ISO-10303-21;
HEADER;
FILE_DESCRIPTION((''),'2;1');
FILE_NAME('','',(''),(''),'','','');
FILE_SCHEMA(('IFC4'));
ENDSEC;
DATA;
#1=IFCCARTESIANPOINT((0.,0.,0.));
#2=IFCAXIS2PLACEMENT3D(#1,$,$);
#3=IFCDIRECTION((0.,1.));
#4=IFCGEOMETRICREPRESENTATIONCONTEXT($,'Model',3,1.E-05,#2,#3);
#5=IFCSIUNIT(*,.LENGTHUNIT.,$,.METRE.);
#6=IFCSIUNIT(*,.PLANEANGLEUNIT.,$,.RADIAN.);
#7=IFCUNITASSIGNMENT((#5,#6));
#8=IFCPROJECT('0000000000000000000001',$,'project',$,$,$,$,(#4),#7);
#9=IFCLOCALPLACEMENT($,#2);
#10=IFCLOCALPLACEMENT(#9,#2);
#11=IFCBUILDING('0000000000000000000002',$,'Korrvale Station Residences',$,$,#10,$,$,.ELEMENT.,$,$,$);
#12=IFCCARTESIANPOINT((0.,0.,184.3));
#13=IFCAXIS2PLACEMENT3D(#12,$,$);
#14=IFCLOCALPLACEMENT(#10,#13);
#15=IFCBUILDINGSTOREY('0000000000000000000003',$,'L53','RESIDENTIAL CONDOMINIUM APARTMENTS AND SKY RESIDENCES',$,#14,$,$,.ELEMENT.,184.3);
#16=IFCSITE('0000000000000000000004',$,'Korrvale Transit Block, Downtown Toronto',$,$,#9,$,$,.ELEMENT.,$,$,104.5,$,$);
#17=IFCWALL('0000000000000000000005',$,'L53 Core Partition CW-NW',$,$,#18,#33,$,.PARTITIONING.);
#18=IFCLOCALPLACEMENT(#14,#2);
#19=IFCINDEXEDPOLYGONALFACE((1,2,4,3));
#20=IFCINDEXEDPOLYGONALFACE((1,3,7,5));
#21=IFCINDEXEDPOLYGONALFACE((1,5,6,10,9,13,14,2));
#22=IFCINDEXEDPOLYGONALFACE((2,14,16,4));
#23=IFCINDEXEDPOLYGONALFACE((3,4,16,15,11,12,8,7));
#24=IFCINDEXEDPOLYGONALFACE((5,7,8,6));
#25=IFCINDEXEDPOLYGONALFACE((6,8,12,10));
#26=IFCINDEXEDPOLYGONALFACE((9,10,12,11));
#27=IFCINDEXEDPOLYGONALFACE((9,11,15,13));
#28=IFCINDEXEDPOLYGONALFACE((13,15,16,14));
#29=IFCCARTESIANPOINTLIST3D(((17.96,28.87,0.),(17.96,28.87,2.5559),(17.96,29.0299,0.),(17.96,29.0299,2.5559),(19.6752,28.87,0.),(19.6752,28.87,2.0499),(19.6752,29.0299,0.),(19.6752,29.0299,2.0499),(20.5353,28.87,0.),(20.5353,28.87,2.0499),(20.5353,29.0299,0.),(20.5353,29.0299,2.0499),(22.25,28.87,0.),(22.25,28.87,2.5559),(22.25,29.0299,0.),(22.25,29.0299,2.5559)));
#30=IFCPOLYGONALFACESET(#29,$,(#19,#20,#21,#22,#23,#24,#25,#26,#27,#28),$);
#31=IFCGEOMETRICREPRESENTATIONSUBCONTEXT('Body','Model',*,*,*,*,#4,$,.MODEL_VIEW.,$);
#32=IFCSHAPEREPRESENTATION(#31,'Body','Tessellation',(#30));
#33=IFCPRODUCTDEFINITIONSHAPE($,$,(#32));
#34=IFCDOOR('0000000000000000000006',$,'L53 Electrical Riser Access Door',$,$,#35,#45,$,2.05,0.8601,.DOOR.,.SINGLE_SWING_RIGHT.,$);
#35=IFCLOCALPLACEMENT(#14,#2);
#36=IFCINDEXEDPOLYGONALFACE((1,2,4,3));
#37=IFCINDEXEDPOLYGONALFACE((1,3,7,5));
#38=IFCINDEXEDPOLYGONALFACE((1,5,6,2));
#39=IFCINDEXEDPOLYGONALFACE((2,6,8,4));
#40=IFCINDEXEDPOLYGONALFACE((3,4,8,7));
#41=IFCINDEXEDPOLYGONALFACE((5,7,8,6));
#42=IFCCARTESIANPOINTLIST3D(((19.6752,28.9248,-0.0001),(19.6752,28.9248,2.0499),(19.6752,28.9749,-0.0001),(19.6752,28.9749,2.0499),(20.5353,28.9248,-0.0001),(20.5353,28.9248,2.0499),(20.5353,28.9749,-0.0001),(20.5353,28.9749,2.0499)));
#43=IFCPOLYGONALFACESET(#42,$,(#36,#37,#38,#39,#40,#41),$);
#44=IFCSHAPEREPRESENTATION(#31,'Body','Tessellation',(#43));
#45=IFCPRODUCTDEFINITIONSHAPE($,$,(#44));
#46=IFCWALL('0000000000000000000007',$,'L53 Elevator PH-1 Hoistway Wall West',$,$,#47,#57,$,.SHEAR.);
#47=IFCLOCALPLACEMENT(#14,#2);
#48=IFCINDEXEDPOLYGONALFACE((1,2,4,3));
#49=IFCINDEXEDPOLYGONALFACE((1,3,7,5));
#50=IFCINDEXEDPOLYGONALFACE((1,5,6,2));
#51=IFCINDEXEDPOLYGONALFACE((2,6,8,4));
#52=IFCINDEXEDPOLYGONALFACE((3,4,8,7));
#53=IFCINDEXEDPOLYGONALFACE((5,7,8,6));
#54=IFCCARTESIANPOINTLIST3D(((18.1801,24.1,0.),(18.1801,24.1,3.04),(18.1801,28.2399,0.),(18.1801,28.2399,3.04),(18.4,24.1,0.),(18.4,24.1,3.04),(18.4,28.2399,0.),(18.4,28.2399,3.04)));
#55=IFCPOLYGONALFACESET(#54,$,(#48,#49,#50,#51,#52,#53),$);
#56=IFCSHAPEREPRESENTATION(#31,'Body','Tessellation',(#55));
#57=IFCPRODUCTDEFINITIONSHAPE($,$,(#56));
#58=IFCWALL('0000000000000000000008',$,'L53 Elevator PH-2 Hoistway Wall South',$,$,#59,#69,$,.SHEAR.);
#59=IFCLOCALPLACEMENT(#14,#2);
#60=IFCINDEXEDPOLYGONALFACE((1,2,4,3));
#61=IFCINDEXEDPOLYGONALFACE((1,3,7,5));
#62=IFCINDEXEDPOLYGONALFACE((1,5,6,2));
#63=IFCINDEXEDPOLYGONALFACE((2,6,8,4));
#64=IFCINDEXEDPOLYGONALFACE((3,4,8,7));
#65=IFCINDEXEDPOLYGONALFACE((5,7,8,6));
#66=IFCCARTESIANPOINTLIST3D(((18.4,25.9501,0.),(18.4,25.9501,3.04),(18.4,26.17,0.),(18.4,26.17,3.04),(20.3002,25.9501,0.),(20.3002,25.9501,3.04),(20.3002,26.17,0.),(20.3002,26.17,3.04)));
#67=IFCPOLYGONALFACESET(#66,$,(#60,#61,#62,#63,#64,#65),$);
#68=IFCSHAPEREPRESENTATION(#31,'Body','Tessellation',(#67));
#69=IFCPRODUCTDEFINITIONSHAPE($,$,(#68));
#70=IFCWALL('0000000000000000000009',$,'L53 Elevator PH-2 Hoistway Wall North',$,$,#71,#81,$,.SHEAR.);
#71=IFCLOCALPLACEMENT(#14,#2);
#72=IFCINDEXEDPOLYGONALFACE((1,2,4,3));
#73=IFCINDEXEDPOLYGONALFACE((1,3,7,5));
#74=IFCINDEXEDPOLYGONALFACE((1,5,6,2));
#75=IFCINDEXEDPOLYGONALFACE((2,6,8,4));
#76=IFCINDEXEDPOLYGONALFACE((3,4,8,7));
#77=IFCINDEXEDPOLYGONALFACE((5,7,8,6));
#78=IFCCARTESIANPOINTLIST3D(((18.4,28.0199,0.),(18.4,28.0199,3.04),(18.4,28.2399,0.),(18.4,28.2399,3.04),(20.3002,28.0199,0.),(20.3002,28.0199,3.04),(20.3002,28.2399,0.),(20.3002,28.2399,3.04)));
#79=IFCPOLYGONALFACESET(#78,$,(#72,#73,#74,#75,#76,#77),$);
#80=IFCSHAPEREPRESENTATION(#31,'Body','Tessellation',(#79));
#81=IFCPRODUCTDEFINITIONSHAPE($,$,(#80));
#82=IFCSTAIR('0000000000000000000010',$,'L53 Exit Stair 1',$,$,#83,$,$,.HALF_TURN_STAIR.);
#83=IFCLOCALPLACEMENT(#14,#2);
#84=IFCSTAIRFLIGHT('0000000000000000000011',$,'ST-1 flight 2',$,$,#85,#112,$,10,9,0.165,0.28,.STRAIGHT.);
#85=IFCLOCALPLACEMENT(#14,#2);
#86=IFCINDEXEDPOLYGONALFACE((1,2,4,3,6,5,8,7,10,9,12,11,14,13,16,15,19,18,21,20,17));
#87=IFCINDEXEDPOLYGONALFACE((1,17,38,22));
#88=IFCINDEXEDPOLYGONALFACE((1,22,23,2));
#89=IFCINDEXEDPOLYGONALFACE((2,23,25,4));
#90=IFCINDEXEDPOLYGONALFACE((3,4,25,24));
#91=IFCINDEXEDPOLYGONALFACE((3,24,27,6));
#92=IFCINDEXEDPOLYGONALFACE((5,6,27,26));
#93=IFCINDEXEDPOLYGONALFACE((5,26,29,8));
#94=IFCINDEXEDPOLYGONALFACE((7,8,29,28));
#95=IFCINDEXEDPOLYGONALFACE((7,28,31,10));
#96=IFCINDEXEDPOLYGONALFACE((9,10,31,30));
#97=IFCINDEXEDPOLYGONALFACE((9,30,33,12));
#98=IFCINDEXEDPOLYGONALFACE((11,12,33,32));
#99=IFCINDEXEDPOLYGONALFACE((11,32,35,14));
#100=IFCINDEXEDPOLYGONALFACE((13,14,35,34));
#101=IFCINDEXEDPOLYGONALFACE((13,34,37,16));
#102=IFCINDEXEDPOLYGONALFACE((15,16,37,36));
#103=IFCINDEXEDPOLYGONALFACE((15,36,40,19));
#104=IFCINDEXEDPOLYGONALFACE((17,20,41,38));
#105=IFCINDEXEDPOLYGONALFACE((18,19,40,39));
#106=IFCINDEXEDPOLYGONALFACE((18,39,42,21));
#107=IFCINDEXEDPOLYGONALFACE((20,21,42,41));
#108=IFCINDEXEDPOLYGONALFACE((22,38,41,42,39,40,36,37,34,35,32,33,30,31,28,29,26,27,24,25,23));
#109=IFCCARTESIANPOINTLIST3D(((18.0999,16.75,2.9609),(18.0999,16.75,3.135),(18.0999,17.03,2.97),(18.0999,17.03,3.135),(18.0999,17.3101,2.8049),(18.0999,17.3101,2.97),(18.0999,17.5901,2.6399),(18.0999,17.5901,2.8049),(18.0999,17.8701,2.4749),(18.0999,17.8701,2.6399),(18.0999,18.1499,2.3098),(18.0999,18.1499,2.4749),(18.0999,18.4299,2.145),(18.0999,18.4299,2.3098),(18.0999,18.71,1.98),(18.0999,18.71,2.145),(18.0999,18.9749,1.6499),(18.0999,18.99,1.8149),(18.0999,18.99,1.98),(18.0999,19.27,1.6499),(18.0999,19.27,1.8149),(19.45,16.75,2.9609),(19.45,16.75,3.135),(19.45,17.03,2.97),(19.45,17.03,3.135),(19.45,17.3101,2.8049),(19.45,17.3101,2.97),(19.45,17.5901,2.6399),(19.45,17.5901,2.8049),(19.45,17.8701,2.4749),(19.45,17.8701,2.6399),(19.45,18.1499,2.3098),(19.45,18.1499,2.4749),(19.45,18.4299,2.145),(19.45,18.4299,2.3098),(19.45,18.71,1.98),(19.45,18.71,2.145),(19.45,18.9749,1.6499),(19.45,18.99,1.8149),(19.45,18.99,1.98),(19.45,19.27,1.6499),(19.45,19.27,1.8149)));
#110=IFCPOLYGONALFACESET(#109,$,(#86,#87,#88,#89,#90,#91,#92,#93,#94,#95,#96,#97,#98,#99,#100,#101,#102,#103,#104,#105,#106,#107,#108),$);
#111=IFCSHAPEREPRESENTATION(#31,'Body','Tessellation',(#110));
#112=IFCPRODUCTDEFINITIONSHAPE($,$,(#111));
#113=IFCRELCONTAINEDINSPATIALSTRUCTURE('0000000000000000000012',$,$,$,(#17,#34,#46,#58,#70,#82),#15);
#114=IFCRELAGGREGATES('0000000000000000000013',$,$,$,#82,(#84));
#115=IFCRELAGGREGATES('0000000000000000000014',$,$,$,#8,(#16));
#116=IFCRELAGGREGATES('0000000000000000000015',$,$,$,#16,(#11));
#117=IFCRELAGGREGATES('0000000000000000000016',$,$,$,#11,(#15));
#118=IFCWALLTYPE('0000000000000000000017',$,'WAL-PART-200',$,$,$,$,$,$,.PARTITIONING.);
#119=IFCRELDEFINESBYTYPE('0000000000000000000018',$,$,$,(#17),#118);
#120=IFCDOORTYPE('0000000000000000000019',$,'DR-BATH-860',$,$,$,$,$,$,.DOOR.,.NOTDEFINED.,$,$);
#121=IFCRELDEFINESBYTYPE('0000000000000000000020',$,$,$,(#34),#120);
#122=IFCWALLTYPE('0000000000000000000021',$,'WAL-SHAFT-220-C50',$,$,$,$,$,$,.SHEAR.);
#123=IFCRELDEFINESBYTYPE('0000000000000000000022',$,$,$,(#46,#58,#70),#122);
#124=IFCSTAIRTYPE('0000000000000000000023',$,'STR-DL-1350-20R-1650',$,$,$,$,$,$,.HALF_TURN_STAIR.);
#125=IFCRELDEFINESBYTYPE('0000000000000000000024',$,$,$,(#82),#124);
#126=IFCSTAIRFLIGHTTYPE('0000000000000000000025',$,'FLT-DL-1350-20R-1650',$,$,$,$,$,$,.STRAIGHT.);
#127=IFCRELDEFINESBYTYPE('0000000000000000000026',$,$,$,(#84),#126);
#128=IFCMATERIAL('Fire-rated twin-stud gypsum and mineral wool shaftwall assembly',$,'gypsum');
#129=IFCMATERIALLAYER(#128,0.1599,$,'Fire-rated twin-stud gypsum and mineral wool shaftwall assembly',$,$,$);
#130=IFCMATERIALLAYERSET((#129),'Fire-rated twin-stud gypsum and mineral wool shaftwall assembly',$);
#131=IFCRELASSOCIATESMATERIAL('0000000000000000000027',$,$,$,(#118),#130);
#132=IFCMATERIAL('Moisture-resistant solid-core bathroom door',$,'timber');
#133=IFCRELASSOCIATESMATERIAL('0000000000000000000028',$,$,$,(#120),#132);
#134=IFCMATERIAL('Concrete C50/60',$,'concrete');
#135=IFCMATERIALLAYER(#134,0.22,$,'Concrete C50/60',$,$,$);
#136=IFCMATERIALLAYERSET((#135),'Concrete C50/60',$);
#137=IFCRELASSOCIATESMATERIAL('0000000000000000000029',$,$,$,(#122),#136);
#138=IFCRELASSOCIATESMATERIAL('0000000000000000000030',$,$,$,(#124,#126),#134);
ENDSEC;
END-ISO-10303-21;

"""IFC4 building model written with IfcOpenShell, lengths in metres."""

from ifc_helpers import new_model, si_unit, direction, frame, frame_2d, origin, place, context, subcontext, project, spatial, polyline, rectangle, outline, extrude, material, layer, layer_set, type_object, element, fill, aggregate, save


model = new_model("IFC4")

# Units and contexts
model_context = context("Model", 3, precision=1e-05, world=origin(), true_north=direction((0.0, 1.0)))
body_context = subcontext(model_context, "Body", "Model", "MODEL_VIEW")
ifc_project = project(units=[si_unit("LENGTHUNIT", "METRE"), si_unit("PLANEANGLEUNIT", "RADIAN")], contexts=[model_context])

# Site, building, storey
site_placement = place(None, origin())
site = spatial("IfcSite", under=ifc_project, at=site_placement, Name="Korrvale Transit Block, Downtown Toronto", CompositionType="ELEMENT", RefElevation=104.5)
building_placement = place(site_placement, origin())
building = spatial("IfcBuilding", under=site, at=building_placement, Name="Korrvale Station Residences", CompositionType="ELEMENT")
storey_placement = place(building_placement, frame((0.0, 0.0, 184.3)))
storey = spatial("IfcBuildingStorey", under=building, at=storey_placement, Name="L53", Description="RESIDENTIAL CONDOMINIUM APARTMENTS AND SKY RESIDENCES", CompositionType="ELEMENT", Elevation=184.3)

# Shared definitions
ifc_material_1 = material(Name="Concrete C50/60", Category="concrete")

# Shared definitions
ifc_material_2 = material(Name="Fire-rated twin-stud gypsum and mineral wool shaftwall assembly", Category="gypsum")
ifc_layer_1 = layer(ifc_material_2, 0.1599, Name="Fire-rated twin-stud gypsum and mineral wool shaftwall assembly")
ifc_layer_set_1 = layer_set([ifc_layer_1], Name="Fire-rated twin-stud gypsum and mineral wool shaftwall assembly")
wall_type_1 = type_object("IfcWallType", Name="WAL-PART-200", PredefinedType="PARTITIONING", material=ifc_layer_set_1)

# Wall, opening, door
wall_1_placement = place(storey_placement, frame((17.96, 28.95, 0.0), z_axis=(0.0, 0.0, 1.0), x_axis=(1.0, 0.0, 0.0)))
wall_1 = element("IfcWall", 1, at=wall_1_placement, inside=storey, type_object=wall_type_1, Name="L53 Core Partition CW-NW", PredefinedType="PARTITIONING", context=body_context, shape_type="SweptSolid", body=[
    extrude(rectangle(XDim=4.29, YDim=0.1599, at=frame_2d((2.145, 0.0))), origin(), (0.0, 0.0, 1.0), 2.5559),
])
opening_1_placement = place(wall_1_placement, frame((1.7151, 0.0, 0.0)))
opening_1 = element("IfcOpeningElement", 2, at=opening_1_placement, cuts=wall_1, PredefinedType="OPENING", context=body_context, shape_type="SweptSolid", body=[
    extrude(rectangle(XDim=0.8601, YDim=2.05, at=frame_2d((0.4302, 1.0249))), frame((0.0, 0.0898, 0.0), z_axis=(0.0, -1.0, 0.0), x_axis=(1.0, 0.0, 0.0)), (0.0, 0.0, 1.0), 0.1799),
])
ifc_material_3 = material(Name="Moisture-resistant solid-core bathroom door", Category="timber")
door_type_1 = type_object("IfcDoorType", Name="DR-BATH-860", OperationType="NOTDEFINED", PredefinedType="DOOR", material=ifc_material_3)
door_1_placement = place(opening_1_placement, origin())
door_1 = element("IfcDoor", 3, at=door_1_placement, inside=storey, type_object=door_type_1, Name="L53 Electrical Riser Access Door", OperationType="SINGLE_SWING_RIGHT", OverallHeight=2.05, OverallWidth=0.8601, PredefinedType="DOOR", context=body_context, shape_type="SweptSolid", body=[
    extrude(rectangle(XDim=0.8601, YDim=2.05, at=frame_2d((0.4302, 1.0249))), frame((0.0, 0.0249, 0.0), z_axis=(0.0, -1.0, 0.0), x_axis=(1.0, 0.0, 0.0)), (0.0, 0.0, 1.0), 0.05),
])
fill(opening_1, door_1)

# Wall
ifc_layer_2 = layer(ifc_material_1, 0.22, Name="Concrete C50/60")
ifc_layer_set_2 = layer_set([ifc_layer_2], Name="Concrete C50/60")
wall_type_2 = type_object("IfcWallType", Name="WAL-SHAFT-220-C50", PredefinedType="SHEAR", material=ifc_layer_set_2)
wall_2_placement = place(storey_placement, frame((18.29, 24.1001, 0.0), z_axis=(0.0, 0.0, 1.0), x_axis=(0.0, 1.0, 0.0)))
element("IfcWall", 4, at=wall_2_placement, inside=storey, type_object=wall_type_2, Name="L53 Elevator PH-1 Hoistway Wall West", PredefinedType="SHEAR", context=body_context, shape_type="SweptSolid", body=[
    extrude(rectangle(XDim=4.1399, YDim=0.22, at=frame_2d((2.0698, 0.0))), origin(), (0.0, 0.0, 1.0), 3.04),
])

# Walls
for number, where, z_axis, x_axis, name in (
    (5, (18.3999, 26.0601, 0.0), (0.0, 0.0, 1.0), (1.0, 0.0, 0.0), "L53 Elevator PH-2 Hoistway Wall South"),
    (6, (18.3999, 28.1299, 0.0), (0.0, 0.0, 1.0), (1.0, 0.0, 0.0), "L53 Elevator PH-2 Hoistway Wall North"),
):
    element("IfcWall", number, at=place(storey_placement, frame(where, z_axis=z_axis, x_axis=x_axis)), inside=storey, type_object=wall_type_2, Name=name, PredefinedType="SHEAR", context=body_context, shape_type="SweptSolid", body=[
        extrude(rectangle(XDim=1.9001, YDim=0.22, at=frame_2d((0.9502, 0.0))), origin(), (0.0, 0.0, 1.0), 3.04),
    ])

# Stair, stair flight
stair_type = type_object("IfcStairType", Name="STR-DL-1350-20R-1650", PredefinedType="HALF_TURN_STAIR", material=ifc_material_1)
stair_placement = place(storey_placement, origin())
stair = element("IfcStair", 7, at=stair_placement, inside=storey, type_object=stair_type, Name="L53 Exit Stair 1", PredefinedType="HALF_TURN_STAIR")
stair_flight_type = type_object("IfcStairFlightType", Name="FLT-DL-1350-20R-1650", PredefinedType="STRAIGHT", material=ifc_material_1)
stair_flight_placement = place(storey_placement, frame((18.7749, 19.27, 1.6499), z_axis=(0.0, 0.0, 1.0), x_axis=(0.0, -1.0, 0.0)))
stair_flight = element("IfcStairFlight", 8, at=stair_flight_placement, type_object=stair_flight_type, Name="ST-1 flight 2", NumberOfRisers=10, NumberOfTreads=9, PredefinedType="STRAIGHT", RiserHeight=0.165, TreadLength=0.28, context=body_context, shape_type="SweptSolid", body=[
    extrude(outline(polyline([(0.0, 0.0), (0.0, 0.165), (0.28, 0.165), (0.28, 0.3301), (0.5601, 0.3301), (0.5601, 0.4951), (0.8401, 0.4951), (0.8401, 0.6599), (1.1201, 0.6599), (1.1201, 0.825), (1.3999, 0.825), (1.3999, 0.99), (1.6799, 0.99), (1.6799, 1.155), (1.96, 1.155), (1.96, 1.3201), (2.24, 1.3201), (2.24, 1.4851), (2.52, 1.4851), (2.52, 1.6499), (2.52, 1.311), (0.2952, 0.0), (0.0, 0.0)])), frame((0.0, 0.675, 0.0), z_axis=(0.0, -1.0, 0.0), x_axis=(1.0, 0.0, 0.0)), (0.0, 0.0, 1.0), 1.3501),
])
aggregate(stair, [stair_flight])

save(model, "model.ifc")
